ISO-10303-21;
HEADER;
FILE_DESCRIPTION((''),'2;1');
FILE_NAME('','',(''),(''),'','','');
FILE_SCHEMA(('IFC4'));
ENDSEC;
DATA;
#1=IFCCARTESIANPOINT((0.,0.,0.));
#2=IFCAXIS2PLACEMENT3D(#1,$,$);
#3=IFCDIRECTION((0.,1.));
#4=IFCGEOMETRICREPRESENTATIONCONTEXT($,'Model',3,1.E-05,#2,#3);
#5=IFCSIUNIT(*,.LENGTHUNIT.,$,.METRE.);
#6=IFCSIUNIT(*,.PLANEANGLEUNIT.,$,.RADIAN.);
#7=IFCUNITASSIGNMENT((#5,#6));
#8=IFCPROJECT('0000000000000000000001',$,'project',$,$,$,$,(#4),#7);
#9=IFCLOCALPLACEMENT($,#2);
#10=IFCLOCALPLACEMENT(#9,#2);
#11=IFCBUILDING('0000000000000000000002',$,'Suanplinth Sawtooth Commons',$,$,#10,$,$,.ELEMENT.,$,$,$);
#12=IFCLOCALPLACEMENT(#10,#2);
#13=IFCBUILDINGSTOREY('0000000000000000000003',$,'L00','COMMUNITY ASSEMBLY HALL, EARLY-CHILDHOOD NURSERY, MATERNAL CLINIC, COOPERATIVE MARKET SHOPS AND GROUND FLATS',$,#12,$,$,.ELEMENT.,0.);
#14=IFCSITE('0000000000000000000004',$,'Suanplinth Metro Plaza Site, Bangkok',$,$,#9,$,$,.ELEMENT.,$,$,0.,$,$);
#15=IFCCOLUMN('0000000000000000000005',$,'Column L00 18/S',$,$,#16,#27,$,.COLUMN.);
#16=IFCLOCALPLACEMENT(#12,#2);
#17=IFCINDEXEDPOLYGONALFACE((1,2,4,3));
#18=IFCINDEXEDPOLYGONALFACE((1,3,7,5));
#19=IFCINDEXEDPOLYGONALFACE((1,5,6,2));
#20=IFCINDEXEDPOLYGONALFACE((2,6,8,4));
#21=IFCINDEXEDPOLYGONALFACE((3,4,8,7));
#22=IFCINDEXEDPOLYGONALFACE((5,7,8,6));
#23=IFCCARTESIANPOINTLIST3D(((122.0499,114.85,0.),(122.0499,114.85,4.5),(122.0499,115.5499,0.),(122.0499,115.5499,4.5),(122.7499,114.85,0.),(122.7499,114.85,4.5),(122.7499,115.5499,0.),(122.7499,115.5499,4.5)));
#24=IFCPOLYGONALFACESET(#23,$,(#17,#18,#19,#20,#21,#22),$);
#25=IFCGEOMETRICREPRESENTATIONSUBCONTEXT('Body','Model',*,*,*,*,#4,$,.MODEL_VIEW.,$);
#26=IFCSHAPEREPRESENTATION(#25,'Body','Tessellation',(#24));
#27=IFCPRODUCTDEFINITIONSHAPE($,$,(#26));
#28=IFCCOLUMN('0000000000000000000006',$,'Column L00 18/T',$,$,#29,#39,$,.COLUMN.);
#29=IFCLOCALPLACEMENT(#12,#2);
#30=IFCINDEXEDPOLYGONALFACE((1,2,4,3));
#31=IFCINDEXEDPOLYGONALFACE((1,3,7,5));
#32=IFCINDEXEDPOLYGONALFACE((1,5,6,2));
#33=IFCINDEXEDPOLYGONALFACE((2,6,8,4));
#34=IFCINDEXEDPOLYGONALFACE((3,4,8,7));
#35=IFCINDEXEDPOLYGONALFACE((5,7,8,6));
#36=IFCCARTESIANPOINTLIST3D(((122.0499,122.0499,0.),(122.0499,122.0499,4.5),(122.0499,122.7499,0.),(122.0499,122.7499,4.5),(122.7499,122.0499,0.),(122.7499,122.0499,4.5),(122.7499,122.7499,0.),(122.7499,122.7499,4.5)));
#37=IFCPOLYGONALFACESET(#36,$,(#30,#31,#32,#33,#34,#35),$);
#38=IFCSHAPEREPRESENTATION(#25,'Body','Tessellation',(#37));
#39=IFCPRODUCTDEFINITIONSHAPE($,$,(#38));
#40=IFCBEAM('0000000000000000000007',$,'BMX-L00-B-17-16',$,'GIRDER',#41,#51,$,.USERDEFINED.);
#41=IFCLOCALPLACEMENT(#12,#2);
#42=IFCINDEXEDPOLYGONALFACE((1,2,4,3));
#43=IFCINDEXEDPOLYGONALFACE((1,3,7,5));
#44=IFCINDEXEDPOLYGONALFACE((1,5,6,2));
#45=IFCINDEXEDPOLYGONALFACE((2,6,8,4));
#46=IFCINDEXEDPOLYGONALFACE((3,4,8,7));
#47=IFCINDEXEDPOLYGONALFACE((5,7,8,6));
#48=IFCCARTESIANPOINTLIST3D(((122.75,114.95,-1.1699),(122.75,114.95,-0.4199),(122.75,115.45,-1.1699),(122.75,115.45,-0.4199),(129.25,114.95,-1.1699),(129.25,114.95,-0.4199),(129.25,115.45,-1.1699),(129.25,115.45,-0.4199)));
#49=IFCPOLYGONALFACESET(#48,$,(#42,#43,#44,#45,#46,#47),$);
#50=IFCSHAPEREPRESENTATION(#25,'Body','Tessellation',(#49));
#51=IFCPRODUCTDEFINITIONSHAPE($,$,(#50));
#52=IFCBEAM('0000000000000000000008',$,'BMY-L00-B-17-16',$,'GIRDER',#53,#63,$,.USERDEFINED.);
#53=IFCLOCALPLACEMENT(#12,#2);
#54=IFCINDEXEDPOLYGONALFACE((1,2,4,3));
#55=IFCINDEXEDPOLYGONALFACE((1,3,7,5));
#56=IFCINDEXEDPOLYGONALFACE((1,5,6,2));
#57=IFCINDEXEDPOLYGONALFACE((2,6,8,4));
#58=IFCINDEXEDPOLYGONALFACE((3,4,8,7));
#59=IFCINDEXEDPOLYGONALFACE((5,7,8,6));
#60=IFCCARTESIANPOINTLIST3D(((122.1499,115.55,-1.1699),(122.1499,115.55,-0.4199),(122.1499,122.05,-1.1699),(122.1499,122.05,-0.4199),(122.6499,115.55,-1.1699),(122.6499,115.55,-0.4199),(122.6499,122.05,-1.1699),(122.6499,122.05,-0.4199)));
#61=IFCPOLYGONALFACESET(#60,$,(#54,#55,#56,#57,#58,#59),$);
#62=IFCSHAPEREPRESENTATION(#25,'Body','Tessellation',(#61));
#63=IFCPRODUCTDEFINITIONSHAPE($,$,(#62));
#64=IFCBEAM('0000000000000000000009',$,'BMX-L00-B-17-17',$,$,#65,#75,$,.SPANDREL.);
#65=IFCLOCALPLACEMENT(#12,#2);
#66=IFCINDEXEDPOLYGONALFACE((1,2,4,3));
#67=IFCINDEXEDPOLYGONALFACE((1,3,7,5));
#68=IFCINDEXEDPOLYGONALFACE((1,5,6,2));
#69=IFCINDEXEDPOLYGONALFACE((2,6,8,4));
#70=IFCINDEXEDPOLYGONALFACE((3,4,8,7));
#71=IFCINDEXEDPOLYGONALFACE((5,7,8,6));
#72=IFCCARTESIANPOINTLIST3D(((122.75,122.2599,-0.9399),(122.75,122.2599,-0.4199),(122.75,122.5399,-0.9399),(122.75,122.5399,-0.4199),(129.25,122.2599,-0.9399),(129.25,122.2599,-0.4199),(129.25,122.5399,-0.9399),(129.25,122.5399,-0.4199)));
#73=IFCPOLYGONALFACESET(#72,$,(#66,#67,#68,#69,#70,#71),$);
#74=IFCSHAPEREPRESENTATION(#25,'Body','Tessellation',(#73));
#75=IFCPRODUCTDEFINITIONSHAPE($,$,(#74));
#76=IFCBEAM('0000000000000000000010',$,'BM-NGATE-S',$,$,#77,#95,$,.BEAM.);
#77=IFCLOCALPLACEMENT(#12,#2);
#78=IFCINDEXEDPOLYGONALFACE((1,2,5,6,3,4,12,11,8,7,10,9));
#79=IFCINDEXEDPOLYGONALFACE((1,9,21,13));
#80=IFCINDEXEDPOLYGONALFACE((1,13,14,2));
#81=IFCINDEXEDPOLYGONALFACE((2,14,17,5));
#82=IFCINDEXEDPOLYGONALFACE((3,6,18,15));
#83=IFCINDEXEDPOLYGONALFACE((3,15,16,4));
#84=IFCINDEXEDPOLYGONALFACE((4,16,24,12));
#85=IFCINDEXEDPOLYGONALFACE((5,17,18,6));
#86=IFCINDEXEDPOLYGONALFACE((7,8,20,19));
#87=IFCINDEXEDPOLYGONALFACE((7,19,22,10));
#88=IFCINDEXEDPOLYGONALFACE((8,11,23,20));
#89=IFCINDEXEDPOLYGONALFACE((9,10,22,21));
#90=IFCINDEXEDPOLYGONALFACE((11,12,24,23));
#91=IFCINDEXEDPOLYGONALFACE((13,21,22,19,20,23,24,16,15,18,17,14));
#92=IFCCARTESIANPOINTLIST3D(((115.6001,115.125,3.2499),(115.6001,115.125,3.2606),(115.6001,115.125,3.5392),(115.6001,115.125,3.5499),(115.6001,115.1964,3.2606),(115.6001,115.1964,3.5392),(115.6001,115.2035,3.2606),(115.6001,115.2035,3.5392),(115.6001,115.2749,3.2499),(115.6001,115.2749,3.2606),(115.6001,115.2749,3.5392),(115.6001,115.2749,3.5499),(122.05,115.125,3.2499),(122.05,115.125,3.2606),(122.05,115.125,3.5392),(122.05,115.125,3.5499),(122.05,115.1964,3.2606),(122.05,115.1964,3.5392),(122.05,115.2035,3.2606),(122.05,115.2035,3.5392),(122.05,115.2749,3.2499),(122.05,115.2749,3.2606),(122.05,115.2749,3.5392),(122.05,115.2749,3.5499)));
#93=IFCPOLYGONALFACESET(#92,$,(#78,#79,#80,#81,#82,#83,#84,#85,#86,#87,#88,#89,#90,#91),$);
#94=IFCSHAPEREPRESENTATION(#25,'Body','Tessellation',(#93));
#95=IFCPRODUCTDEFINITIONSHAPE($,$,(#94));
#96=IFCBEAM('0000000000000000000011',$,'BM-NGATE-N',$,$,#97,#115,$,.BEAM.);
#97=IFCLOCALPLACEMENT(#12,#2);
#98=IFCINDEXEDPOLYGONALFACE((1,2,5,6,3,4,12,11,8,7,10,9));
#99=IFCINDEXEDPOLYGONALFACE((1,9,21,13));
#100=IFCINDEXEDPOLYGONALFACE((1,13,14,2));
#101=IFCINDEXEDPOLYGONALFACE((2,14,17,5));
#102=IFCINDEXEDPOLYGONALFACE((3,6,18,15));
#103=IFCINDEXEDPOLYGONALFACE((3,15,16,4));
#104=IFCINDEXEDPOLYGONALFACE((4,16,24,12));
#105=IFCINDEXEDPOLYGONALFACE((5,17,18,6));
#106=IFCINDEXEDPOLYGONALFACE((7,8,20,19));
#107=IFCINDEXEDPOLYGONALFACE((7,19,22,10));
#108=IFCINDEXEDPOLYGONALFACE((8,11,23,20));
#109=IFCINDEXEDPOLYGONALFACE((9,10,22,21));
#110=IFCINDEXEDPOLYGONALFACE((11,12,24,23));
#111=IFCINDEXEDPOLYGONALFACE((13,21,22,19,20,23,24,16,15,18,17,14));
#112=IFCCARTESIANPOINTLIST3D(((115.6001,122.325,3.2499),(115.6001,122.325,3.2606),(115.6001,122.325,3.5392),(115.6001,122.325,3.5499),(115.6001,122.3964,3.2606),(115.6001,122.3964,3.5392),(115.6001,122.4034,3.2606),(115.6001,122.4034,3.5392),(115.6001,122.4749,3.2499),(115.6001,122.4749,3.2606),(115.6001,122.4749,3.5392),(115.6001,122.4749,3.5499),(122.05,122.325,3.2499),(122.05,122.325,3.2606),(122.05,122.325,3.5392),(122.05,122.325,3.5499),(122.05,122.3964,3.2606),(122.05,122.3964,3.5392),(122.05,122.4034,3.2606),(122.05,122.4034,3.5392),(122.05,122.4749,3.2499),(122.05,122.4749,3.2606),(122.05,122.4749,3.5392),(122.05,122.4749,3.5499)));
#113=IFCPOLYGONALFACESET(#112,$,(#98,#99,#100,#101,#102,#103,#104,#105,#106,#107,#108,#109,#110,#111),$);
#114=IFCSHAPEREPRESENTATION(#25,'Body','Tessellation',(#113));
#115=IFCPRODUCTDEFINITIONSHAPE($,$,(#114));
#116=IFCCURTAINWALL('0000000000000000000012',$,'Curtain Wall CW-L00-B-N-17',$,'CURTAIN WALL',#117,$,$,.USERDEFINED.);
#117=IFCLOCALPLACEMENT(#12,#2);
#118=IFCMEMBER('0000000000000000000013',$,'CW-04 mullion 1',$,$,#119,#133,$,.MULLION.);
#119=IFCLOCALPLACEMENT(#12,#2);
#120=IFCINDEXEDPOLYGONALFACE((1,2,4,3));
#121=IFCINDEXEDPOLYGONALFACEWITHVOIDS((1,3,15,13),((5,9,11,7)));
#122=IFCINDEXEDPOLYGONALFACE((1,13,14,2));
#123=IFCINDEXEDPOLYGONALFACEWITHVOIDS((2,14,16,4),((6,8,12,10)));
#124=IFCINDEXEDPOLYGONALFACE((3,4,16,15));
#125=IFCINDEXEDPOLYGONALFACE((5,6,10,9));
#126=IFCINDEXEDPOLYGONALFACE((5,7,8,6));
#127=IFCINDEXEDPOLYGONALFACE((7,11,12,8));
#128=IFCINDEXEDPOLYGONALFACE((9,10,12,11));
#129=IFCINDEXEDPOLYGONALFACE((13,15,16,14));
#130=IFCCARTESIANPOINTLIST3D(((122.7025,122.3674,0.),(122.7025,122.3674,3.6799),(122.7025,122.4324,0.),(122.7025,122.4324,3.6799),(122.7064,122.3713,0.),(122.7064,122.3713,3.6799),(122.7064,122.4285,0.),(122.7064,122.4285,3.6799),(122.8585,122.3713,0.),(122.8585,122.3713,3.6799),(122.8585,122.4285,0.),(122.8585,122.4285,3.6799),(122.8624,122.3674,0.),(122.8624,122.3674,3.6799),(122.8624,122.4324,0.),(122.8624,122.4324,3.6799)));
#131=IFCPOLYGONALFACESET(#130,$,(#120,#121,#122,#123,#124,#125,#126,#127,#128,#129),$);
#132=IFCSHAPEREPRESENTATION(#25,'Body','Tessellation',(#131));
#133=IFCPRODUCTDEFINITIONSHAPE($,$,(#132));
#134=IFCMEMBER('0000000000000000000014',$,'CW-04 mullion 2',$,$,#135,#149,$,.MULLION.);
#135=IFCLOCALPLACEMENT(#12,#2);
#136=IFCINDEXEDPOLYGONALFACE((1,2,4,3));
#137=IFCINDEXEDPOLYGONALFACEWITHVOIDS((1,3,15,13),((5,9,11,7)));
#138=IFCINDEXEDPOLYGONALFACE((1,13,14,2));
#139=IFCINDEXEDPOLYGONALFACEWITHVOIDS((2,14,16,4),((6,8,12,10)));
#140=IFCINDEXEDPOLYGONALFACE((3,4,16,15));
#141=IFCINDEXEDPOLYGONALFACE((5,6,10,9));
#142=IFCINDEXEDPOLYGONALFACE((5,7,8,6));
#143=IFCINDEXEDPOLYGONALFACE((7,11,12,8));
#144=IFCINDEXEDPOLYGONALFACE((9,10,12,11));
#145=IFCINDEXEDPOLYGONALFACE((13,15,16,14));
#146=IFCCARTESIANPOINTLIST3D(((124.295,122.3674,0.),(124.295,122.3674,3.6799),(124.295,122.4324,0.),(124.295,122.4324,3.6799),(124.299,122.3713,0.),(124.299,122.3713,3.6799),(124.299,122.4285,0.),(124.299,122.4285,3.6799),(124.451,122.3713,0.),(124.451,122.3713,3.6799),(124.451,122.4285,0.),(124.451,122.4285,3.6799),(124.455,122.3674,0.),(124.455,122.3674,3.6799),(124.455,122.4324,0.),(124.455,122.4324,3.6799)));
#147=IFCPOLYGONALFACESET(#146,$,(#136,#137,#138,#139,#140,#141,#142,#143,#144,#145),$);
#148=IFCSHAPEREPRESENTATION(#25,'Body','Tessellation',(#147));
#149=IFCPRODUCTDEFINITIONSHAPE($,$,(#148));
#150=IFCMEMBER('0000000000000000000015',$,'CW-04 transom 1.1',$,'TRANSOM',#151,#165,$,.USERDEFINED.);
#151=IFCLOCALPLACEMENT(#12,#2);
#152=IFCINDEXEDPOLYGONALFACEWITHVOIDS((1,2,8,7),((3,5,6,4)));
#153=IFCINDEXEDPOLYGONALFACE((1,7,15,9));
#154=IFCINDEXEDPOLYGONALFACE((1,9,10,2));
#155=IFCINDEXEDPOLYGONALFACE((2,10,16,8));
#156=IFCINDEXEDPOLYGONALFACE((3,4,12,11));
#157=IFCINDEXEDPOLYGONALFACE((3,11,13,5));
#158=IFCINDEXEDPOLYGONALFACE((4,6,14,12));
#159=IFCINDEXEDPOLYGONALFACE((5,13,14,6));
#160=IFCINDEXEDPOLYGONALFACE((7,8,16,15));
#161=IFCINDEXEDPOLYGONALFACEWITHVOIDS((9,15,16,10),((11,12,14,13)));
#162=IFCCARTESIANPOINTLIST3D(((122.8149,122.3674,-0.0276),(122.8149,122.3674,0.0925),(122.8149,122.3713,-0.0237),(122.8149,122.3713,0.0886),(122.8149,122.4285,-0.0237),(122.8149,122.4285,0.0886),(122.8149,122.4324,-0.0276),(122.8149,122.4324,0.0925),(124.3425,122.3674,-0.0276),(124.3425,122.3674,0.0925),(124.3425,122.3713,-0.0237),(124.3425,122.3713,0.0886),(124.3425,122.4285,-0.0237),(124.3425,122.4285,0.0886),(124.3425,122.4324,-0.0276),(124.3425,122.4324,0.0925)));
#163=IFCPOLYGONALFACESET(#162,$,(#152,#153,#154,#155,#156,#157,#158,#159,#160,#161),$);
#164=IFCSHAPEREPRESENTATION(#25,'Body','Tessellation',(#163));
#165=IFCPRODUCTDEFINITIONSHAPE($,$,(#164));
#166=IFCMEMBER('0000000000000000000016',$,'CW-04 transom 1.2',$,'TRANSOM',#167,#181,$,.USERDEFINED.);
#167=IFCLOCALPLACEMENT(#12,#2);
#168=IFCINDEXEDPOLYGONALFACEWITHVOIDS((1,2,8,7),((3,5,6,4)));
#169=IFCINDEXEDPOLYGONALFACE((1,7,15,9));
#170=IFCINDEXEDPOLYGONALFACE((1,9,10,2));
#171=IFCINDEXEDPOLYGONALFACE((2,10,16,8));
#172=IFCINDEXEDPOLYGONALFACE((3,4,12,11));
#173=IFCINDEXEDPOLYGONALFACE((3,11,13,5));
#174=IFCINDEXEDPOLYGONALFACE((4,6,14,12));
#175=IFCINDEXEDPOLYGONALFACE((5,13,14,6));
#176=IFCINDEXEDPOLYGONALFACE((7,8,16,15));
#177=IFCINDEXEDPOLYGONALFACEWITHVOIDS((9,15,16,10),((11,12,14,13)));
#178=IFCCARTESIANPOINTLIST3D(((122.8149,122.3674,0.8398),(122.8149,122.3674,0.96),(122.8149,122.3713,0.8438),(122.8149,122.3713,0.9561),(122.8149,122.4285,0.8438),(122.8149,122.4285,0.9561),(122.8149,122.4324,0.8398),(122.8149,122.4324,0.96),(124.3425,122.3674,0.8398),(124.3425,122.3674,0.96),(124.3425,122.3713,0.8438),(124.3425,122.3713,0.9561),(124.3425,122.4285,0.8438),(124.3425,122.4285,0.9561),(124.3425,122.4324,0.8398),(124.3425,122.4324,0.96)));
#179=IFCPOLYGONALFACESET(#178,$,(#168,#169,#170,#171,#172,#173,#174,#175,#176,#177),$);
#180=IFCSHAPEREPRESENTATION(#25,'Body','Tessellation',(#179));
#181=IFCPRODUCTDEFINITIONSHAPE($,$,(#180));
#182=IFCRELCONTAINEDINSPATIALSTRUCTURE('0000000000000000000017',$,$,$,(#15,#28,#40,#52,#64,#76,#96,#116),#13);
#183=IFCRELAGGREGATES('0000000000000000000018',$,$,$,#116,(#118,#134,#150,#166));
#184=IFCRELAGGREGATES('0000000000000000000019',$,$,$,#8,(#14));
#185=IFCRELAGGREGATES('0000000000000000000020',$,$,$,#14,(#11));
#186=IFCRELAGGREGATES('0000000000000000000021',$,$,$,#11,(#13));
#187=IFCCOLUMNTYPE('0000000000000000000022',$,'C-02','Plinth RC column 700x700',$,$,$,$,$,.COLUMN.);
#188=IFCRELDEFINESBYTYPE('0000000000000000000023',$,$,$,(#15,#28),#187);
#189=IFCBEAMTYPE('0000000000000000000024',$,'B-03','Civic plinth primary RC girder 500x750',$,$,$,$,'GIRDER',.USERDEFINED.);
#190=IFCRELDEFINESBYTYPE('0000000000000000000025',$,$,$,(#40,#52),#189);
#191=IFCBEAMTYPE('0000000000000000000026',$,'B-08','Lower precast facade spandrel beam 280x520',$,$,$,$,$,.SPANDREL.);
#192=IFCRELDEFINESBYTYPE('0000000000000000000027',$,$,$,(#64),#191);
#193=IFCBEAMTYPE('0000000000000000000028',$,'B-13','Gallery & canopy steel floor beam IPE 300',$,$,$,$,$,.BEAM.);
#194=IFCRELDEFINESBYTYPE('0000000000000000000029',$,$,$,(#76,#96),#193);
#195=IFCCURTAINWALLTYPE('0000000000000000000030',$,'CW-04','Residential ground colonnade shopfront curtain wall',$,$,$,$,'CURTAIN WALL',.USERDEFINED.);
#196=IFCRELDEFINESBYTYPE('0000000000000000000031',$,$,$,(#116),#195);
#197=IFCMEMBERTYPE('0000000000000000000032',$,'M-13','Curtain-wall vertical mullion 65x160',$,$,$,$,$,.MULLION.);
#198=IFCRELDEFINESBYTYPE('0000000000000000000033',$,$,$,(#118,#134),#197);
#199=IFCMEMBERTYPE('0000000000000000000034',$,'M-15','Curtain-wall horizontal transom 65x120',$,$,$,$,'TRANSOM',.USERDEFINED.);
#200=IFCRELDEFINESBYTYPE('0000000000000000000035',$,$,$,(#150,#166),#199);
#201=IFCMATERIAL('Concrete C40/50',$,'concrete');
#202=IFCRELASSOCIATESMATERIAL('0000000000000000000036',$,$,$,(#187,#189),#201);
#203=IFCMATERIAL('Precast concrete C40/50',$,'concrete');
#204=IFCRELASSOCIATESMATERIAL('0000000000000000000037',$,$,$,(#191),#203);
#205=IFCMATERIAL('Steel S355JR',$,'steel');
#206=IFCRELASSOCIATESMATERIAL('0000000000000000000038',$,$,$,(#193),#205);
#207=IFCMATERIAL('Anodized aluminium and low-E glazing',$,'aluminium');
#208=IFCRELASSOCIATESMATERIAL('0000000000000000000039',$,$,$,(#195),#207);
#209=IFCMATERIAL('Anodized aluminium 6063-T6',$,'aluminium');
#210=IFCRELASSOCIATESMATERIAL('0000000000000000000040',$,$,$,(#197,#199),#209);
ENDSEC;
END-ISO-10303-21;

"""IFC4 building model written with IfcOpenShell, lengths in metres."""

from ifc_helpers import new_model, si_unit, direction, frame, origin, origin_2d, place, context, subcontext, project, spatial, rectangle, hollow_rectangle, i_section, extrude, material, material_profile, profile_set, type_object, element, aggregate, save


model = new_model("IFC4")

# Units and contexts
model_context = context("Model", 3, precision=1e-05, world=origin(), true_north=direction((0.0, 1.0)))
body_context = subcontext(model_context, "Body", "Model", "MODEL_VIEW")
ifc_project = project(units=[si_unit("LENGTHUNIT", "METRE"), si_unit("PLANEANGLEUNIT", "RADIAN")], contexts=[model_context])

# Site, building, storey
site_placement = place(None, origin())
site = spatial("IfcSite", under=ifc_project, at=site_placement, Name="Suanplinth Metro Plaza Site, Bangkok", CompositionType="ELEMENT", RefElevation=0.0)
building_placement = place(site_placement, origin())
building = spatial("IfcBuilding", under=site, at=building_placement, Name="Suanplinth Sawtooth Commons", CompositionType="ELEMENT")
storey_placement = place(building_placement, origin())
storey = spatial("IfcBuildingStorey", under=building, at=storey_placement, Name="L00", Description="COMMUNITY ASSEMBLY HALL, EARLY-CHILDHOOD NURSERY, MATERNAL CLINIC, COOPERATIVE MARKET SHOPS AND GROUND FLATS", CompositionType="ELEMENT", Elevation=0.0)

# Columns
ifc_material_1 = material(Name="Concrete C40/50", Category="concrete")
ifc_material_profile_1 = material_profile(ifc_material_1, rectangle(XDim=0.7, YDim=0.7, at=origin_2d()), Name="RC-COL 700x700")
ifc_profile_set_1 = profile_set([ifc_material_profile_1], Name="Concrete C40/50")
column_type = type_object("IfcColumnType", Name="C-02", Description="Plinth RC column 700x700", PredefinedType="COLUMN", material=ifc_profile_set_1)
for number, where, z_axis, x_axis, name in (
    (1, (122.3999, 115.2, 0.0), (0.0, 0.0, 1.0), (1.0, 0.0, 0.0), "Column L00 18/S"),
    (2, (122.3999, 122.3999, 0.0), (0.0, 0.0, 1.0), (1.0, 0.0, 0.0), "Column L00 18/T"),
):
    element("IfcColumn", number, at=place(storey_placement, frame(where, z_axis=z_axis, x_axis=x_axis)), inside=storey, type_object=column_type, Name=name, PredefinedType="COLUMN", context=body_context, shape_type="SweptSolid", body=[
        extrude(rectangle(XDim=0.7, YDim=0.7, at=origin_2d()), origin(), (0.0, 0.0, 1.0), 4.5),
    ])

# Beams
ifc_material_profile_2 = material_profile(ifc_material_1, rectangle(XDim=0.5, YDim=0.75, at=origin_2d()), Name="RC-GDR 500x750")
ifc_profile_set_2 = profile_set([ifc_material_profile_2], Name="Concrete C40/50")
beam_type_1 = type_object("IfcBeamType", Name="B-03", Description="Civic plinth primary RC girder 500x750", ElementType="GIRDER", PredefinedType="USERDEFINED", material=ifc_profile_set_2)
for number, where, z_axis, x_axis, name in (
    (3, (122.75, 115.2, -0.7949), (1.0, 0.0, 0.0), (0.0, 1.0, 0.0), "BMX-L00-B-17-16"),
    (4, (122.3999, 115.55, -0.7949), (0.0, 1.0, 0.0), (-1.0, 0.0, 0.0), "BMY-L00-B-17-16"),
):
    element("IfcBeam", number, at=place(storey_placement, frame(where, z_axis=z_axis, x_axis=x_axis)), inside=storey, type_object=beam_type_1, Name=name, ObjectType="GIRDER", PredefinedType="USERDEFINED", context=body_context, shape_type="SweptSolid", body=[
        extrude(rectangle(XDim=0.5, YDim=0.75, at=origin_2d()), origin(), (0.0, 0.0, 1.0), 6.5),
    ])
ifc_material_2 = material(Name="Precast concrete C40/50", Category="concrete")
ifc_material_profile_3 = material_profile(ifc_material_2, rectangle(XDim=0.28, YDim=0.52, at=origin_2d()), Name="PC-SP 280x520")
ifc_profile_set_3 = profile_set([ifc_material_profile_3], Name="Precast concrete C40/50")
beam_type_2 = type_object("IfcBeamType", Name="B-08", Description="Lower precast facade spandrel beam 280x520", PredefinedType="SPANDREL", material=ifc_profile_set_3)
beam_placement = place(storey_placement, frame((122.75, 122.3999, -0.6799), z_axis=(1.0, 0.0, 0.0), x_axis=(0.0, 1.0, 0.0)))
element("IfcBeam", 5, at=beam_placement, inside=storey, type_object=beam_type_2, Name="BMX-L00-B-17-17", PredefinedType="SPANDREL", context=body_context, shape_type="SweptSolid", body=[
    extrude(rectangle(XDim=0.28, YDim=0.52, at=origin_2d()), origin(), (0.0, 0.0, 1.0), 6.5),
])
ifc_material_3 = material(Name="Steel S355JR", Category="steel")
ifc_material_profile_4 = material_profile(ifc_material_3, i_section(OverallWidth=0.1499, OverallDepth=0.3, WebThickness=0.0071, FlangeThickness=0.0107, at=origin_2d()), Name="IPE 300")
ifc_profile_set_4 = profile_set([ifc_material_profile_4], Name="Steel S355JR")
beam_type_3 = type_object("IfcBeamType", Name="B-13", Description="Gallery & canopy steel floor beam IPE 300", PredefinedType="BEAM", material=ifc_profile_set_4)
for number, where, z_axis, x_axis, name in (
    (6, (115.6001, 115.2, 3.3999), (1.0, 0.0, 0.0), (0.0, 1.0, 0.0), "BM-NGATE-S"),
    (7, (115.6001, 122.3999, 3.3999), (1.0, 0.0, 0.0), (0.0, 1.0, 0.0), "BM-NGATE-N"),
):
    element("IfcBeam", number, at=place(storey_placement, frame(where, z_axis=z_axis, x_axis=x_axis)), inside=storey, type_object=beam_type_3, Name=name, PredefinedType="BEAM", context=body_context, shape_type="SweptSolid", body=[
        extrude(i_section(OverallWidth=0.1499, OverallDepth=0.3, WebThickness=0.0071, FlangeThickness=0.0107, at=origin_2d()), origin(), (0.0, 0.0, 1.0), 6.45),
    ])

# Curtain wall, members
ifc_material_4 = material(Name="Anodized aluminium and low-E glazing", Category="aluminium")
curtain_wall_type = type_object("IfcCurtainWallType", Name="CW-04", Description="Residential ground colonnade shopfront curtain wall", ElementType="CURTAIN WALL", PredefinedType="USERDEFINED", material=ifc_material_4)
curtain_wall_placement = place(storey_placement, origin())
curtain_wall = element("IfcCurtainWall", 8, at=curtain_wall_placement, inside=storey, type_object=curtain_wall_type, Name="Curtain Wall CW-L00-B-N-17", ObjectType="CURTAIN WALL", PredefinedType="USERDEFINED")
ifc_material_5 = material(Name="Anodized aluminium 6063-T6", Category="aluminium")
ifc_material_profile_5 = material_profile(ifc_material_5, hollow_rectangle(XDim=0.0649, YDim=0.1599, WallThickness=0.0039, at=origin_2d()), Name="ALU-MUL 65x160")
ifc_profile_set_5 = profile_set([ifc_material_profile_5], Name="Anodized aluminium 6063-T6")
member_type_1 = type_object("IfcMemberType", Name="M-13", Description="Curtain-wall vertical mullion 65x160", PredefinedType="MULLION", material=ifc_profile_set_5)
member_1_placement = place(storey_placement, frame((122.7825, 122.3999, 0.0), z_axis=(0.0, 0.0, 1.0), x_axis=(0.0, 1.0, 0.0)))
member_1 = element("IfcMember", 9, at=member_1_placement, type_object=member_type_1, Name="CW-04 mullion 1", PredefinedType="MULLION", context=body_context, shape_type="SweptSolid", body=[
    extrude(hollow_rectangle(XDim=0.0649, YDim=0.1599, WallThickness=0.0039, at=origin_2d()), origin(), (0.0, 0.0, 1.0), 3.6799),
])
member_2_placement = place(storey_placement, frame((124.375, 122.3999, 0.0), z_axis=(0.0, 0.0, 1.0), x_axis=(0.0, 1.0, 0.0)))
member_2 = element("IfcMember", 10, at=member_2_placement, type_object=member_type_1, Name="CW-04 mullion 2", PredefinedType="MULLION", context=body_context, shape_type="SweptSolid", body=[
    extrude(hollow_rectangle(XDim=0.0649, YDim=0.1599, WallThickness=0.0039, at=origin_2d()), origin(), (0.0, 0.0, 1.0), 3.6799),
])
ifc_material_profile_6 = material_profile(ifc_material_5, hollow_rectangle(XDim=0.0649, YDim=0.1201, WallThickness=0.0039, at=origin_2d()), Name="ALU-TRN 65x120")
ifc_profile_set_6 = profile_set([ifc_material_profile_6], Name="Anodized aluminium 6063-T6")
member_type_2 = type_object("IfcMemberType", Name="M-15", Description="Curtain-wall horizontal transom 65x120", ElementType="TRANSOM", PredefinedType="USERDEFINED", material=ifc_profile_set_6)
member_3_placement = place(storey_placement, frame((122.8149, 122.3999, 0.0325), z_axis=(1.0, 0.0, 0.0), x_axis=(0.0, 1.0, 0.0)))
member_3 = element("IfcMember", 11, at=member_3_placement, type_object=member_type_2, Name="CW-04 transom 1.1", ObjectType="TRANSOM", PredefinedType="USERDEFINED", context=body_context, shape_type="SweptSolid", body=[
    extrude(hollow_rectangle(XDim=0.0649, YDim=0.1201, WallThickness=0.0039, at=origin_2d()), origin(), (0.0, 0.0, 1.0), 1.5276),
])
member_4_placement = place(storey_placement, frame((122.8149, 122.3999, 0.8999), z_axis=(1.0, 0.0, 0.0), x_axis=(0.0, 1.0, 0.0)))
member_4 = element("IfcMember", 12, at=member_4_placement, type_object=member_type_2, Name="CW-04 transom 1.2", ObjectType="TRANSOM", PredefinedType="USERDEFINED", context=body_context, shape_type="SweptSolid", body=[
    extrude(hollow_rectangle(XDim=0.0649, YDim=0.1201, WallThickness=0.0039, at=origin_2d()), origin(), (0.0, 0.0, 1.0), 1.5276),
])
aggregate(curtain_wall, [member_1, member_2, member_3, member_4])

save(model, "model.ifc")
